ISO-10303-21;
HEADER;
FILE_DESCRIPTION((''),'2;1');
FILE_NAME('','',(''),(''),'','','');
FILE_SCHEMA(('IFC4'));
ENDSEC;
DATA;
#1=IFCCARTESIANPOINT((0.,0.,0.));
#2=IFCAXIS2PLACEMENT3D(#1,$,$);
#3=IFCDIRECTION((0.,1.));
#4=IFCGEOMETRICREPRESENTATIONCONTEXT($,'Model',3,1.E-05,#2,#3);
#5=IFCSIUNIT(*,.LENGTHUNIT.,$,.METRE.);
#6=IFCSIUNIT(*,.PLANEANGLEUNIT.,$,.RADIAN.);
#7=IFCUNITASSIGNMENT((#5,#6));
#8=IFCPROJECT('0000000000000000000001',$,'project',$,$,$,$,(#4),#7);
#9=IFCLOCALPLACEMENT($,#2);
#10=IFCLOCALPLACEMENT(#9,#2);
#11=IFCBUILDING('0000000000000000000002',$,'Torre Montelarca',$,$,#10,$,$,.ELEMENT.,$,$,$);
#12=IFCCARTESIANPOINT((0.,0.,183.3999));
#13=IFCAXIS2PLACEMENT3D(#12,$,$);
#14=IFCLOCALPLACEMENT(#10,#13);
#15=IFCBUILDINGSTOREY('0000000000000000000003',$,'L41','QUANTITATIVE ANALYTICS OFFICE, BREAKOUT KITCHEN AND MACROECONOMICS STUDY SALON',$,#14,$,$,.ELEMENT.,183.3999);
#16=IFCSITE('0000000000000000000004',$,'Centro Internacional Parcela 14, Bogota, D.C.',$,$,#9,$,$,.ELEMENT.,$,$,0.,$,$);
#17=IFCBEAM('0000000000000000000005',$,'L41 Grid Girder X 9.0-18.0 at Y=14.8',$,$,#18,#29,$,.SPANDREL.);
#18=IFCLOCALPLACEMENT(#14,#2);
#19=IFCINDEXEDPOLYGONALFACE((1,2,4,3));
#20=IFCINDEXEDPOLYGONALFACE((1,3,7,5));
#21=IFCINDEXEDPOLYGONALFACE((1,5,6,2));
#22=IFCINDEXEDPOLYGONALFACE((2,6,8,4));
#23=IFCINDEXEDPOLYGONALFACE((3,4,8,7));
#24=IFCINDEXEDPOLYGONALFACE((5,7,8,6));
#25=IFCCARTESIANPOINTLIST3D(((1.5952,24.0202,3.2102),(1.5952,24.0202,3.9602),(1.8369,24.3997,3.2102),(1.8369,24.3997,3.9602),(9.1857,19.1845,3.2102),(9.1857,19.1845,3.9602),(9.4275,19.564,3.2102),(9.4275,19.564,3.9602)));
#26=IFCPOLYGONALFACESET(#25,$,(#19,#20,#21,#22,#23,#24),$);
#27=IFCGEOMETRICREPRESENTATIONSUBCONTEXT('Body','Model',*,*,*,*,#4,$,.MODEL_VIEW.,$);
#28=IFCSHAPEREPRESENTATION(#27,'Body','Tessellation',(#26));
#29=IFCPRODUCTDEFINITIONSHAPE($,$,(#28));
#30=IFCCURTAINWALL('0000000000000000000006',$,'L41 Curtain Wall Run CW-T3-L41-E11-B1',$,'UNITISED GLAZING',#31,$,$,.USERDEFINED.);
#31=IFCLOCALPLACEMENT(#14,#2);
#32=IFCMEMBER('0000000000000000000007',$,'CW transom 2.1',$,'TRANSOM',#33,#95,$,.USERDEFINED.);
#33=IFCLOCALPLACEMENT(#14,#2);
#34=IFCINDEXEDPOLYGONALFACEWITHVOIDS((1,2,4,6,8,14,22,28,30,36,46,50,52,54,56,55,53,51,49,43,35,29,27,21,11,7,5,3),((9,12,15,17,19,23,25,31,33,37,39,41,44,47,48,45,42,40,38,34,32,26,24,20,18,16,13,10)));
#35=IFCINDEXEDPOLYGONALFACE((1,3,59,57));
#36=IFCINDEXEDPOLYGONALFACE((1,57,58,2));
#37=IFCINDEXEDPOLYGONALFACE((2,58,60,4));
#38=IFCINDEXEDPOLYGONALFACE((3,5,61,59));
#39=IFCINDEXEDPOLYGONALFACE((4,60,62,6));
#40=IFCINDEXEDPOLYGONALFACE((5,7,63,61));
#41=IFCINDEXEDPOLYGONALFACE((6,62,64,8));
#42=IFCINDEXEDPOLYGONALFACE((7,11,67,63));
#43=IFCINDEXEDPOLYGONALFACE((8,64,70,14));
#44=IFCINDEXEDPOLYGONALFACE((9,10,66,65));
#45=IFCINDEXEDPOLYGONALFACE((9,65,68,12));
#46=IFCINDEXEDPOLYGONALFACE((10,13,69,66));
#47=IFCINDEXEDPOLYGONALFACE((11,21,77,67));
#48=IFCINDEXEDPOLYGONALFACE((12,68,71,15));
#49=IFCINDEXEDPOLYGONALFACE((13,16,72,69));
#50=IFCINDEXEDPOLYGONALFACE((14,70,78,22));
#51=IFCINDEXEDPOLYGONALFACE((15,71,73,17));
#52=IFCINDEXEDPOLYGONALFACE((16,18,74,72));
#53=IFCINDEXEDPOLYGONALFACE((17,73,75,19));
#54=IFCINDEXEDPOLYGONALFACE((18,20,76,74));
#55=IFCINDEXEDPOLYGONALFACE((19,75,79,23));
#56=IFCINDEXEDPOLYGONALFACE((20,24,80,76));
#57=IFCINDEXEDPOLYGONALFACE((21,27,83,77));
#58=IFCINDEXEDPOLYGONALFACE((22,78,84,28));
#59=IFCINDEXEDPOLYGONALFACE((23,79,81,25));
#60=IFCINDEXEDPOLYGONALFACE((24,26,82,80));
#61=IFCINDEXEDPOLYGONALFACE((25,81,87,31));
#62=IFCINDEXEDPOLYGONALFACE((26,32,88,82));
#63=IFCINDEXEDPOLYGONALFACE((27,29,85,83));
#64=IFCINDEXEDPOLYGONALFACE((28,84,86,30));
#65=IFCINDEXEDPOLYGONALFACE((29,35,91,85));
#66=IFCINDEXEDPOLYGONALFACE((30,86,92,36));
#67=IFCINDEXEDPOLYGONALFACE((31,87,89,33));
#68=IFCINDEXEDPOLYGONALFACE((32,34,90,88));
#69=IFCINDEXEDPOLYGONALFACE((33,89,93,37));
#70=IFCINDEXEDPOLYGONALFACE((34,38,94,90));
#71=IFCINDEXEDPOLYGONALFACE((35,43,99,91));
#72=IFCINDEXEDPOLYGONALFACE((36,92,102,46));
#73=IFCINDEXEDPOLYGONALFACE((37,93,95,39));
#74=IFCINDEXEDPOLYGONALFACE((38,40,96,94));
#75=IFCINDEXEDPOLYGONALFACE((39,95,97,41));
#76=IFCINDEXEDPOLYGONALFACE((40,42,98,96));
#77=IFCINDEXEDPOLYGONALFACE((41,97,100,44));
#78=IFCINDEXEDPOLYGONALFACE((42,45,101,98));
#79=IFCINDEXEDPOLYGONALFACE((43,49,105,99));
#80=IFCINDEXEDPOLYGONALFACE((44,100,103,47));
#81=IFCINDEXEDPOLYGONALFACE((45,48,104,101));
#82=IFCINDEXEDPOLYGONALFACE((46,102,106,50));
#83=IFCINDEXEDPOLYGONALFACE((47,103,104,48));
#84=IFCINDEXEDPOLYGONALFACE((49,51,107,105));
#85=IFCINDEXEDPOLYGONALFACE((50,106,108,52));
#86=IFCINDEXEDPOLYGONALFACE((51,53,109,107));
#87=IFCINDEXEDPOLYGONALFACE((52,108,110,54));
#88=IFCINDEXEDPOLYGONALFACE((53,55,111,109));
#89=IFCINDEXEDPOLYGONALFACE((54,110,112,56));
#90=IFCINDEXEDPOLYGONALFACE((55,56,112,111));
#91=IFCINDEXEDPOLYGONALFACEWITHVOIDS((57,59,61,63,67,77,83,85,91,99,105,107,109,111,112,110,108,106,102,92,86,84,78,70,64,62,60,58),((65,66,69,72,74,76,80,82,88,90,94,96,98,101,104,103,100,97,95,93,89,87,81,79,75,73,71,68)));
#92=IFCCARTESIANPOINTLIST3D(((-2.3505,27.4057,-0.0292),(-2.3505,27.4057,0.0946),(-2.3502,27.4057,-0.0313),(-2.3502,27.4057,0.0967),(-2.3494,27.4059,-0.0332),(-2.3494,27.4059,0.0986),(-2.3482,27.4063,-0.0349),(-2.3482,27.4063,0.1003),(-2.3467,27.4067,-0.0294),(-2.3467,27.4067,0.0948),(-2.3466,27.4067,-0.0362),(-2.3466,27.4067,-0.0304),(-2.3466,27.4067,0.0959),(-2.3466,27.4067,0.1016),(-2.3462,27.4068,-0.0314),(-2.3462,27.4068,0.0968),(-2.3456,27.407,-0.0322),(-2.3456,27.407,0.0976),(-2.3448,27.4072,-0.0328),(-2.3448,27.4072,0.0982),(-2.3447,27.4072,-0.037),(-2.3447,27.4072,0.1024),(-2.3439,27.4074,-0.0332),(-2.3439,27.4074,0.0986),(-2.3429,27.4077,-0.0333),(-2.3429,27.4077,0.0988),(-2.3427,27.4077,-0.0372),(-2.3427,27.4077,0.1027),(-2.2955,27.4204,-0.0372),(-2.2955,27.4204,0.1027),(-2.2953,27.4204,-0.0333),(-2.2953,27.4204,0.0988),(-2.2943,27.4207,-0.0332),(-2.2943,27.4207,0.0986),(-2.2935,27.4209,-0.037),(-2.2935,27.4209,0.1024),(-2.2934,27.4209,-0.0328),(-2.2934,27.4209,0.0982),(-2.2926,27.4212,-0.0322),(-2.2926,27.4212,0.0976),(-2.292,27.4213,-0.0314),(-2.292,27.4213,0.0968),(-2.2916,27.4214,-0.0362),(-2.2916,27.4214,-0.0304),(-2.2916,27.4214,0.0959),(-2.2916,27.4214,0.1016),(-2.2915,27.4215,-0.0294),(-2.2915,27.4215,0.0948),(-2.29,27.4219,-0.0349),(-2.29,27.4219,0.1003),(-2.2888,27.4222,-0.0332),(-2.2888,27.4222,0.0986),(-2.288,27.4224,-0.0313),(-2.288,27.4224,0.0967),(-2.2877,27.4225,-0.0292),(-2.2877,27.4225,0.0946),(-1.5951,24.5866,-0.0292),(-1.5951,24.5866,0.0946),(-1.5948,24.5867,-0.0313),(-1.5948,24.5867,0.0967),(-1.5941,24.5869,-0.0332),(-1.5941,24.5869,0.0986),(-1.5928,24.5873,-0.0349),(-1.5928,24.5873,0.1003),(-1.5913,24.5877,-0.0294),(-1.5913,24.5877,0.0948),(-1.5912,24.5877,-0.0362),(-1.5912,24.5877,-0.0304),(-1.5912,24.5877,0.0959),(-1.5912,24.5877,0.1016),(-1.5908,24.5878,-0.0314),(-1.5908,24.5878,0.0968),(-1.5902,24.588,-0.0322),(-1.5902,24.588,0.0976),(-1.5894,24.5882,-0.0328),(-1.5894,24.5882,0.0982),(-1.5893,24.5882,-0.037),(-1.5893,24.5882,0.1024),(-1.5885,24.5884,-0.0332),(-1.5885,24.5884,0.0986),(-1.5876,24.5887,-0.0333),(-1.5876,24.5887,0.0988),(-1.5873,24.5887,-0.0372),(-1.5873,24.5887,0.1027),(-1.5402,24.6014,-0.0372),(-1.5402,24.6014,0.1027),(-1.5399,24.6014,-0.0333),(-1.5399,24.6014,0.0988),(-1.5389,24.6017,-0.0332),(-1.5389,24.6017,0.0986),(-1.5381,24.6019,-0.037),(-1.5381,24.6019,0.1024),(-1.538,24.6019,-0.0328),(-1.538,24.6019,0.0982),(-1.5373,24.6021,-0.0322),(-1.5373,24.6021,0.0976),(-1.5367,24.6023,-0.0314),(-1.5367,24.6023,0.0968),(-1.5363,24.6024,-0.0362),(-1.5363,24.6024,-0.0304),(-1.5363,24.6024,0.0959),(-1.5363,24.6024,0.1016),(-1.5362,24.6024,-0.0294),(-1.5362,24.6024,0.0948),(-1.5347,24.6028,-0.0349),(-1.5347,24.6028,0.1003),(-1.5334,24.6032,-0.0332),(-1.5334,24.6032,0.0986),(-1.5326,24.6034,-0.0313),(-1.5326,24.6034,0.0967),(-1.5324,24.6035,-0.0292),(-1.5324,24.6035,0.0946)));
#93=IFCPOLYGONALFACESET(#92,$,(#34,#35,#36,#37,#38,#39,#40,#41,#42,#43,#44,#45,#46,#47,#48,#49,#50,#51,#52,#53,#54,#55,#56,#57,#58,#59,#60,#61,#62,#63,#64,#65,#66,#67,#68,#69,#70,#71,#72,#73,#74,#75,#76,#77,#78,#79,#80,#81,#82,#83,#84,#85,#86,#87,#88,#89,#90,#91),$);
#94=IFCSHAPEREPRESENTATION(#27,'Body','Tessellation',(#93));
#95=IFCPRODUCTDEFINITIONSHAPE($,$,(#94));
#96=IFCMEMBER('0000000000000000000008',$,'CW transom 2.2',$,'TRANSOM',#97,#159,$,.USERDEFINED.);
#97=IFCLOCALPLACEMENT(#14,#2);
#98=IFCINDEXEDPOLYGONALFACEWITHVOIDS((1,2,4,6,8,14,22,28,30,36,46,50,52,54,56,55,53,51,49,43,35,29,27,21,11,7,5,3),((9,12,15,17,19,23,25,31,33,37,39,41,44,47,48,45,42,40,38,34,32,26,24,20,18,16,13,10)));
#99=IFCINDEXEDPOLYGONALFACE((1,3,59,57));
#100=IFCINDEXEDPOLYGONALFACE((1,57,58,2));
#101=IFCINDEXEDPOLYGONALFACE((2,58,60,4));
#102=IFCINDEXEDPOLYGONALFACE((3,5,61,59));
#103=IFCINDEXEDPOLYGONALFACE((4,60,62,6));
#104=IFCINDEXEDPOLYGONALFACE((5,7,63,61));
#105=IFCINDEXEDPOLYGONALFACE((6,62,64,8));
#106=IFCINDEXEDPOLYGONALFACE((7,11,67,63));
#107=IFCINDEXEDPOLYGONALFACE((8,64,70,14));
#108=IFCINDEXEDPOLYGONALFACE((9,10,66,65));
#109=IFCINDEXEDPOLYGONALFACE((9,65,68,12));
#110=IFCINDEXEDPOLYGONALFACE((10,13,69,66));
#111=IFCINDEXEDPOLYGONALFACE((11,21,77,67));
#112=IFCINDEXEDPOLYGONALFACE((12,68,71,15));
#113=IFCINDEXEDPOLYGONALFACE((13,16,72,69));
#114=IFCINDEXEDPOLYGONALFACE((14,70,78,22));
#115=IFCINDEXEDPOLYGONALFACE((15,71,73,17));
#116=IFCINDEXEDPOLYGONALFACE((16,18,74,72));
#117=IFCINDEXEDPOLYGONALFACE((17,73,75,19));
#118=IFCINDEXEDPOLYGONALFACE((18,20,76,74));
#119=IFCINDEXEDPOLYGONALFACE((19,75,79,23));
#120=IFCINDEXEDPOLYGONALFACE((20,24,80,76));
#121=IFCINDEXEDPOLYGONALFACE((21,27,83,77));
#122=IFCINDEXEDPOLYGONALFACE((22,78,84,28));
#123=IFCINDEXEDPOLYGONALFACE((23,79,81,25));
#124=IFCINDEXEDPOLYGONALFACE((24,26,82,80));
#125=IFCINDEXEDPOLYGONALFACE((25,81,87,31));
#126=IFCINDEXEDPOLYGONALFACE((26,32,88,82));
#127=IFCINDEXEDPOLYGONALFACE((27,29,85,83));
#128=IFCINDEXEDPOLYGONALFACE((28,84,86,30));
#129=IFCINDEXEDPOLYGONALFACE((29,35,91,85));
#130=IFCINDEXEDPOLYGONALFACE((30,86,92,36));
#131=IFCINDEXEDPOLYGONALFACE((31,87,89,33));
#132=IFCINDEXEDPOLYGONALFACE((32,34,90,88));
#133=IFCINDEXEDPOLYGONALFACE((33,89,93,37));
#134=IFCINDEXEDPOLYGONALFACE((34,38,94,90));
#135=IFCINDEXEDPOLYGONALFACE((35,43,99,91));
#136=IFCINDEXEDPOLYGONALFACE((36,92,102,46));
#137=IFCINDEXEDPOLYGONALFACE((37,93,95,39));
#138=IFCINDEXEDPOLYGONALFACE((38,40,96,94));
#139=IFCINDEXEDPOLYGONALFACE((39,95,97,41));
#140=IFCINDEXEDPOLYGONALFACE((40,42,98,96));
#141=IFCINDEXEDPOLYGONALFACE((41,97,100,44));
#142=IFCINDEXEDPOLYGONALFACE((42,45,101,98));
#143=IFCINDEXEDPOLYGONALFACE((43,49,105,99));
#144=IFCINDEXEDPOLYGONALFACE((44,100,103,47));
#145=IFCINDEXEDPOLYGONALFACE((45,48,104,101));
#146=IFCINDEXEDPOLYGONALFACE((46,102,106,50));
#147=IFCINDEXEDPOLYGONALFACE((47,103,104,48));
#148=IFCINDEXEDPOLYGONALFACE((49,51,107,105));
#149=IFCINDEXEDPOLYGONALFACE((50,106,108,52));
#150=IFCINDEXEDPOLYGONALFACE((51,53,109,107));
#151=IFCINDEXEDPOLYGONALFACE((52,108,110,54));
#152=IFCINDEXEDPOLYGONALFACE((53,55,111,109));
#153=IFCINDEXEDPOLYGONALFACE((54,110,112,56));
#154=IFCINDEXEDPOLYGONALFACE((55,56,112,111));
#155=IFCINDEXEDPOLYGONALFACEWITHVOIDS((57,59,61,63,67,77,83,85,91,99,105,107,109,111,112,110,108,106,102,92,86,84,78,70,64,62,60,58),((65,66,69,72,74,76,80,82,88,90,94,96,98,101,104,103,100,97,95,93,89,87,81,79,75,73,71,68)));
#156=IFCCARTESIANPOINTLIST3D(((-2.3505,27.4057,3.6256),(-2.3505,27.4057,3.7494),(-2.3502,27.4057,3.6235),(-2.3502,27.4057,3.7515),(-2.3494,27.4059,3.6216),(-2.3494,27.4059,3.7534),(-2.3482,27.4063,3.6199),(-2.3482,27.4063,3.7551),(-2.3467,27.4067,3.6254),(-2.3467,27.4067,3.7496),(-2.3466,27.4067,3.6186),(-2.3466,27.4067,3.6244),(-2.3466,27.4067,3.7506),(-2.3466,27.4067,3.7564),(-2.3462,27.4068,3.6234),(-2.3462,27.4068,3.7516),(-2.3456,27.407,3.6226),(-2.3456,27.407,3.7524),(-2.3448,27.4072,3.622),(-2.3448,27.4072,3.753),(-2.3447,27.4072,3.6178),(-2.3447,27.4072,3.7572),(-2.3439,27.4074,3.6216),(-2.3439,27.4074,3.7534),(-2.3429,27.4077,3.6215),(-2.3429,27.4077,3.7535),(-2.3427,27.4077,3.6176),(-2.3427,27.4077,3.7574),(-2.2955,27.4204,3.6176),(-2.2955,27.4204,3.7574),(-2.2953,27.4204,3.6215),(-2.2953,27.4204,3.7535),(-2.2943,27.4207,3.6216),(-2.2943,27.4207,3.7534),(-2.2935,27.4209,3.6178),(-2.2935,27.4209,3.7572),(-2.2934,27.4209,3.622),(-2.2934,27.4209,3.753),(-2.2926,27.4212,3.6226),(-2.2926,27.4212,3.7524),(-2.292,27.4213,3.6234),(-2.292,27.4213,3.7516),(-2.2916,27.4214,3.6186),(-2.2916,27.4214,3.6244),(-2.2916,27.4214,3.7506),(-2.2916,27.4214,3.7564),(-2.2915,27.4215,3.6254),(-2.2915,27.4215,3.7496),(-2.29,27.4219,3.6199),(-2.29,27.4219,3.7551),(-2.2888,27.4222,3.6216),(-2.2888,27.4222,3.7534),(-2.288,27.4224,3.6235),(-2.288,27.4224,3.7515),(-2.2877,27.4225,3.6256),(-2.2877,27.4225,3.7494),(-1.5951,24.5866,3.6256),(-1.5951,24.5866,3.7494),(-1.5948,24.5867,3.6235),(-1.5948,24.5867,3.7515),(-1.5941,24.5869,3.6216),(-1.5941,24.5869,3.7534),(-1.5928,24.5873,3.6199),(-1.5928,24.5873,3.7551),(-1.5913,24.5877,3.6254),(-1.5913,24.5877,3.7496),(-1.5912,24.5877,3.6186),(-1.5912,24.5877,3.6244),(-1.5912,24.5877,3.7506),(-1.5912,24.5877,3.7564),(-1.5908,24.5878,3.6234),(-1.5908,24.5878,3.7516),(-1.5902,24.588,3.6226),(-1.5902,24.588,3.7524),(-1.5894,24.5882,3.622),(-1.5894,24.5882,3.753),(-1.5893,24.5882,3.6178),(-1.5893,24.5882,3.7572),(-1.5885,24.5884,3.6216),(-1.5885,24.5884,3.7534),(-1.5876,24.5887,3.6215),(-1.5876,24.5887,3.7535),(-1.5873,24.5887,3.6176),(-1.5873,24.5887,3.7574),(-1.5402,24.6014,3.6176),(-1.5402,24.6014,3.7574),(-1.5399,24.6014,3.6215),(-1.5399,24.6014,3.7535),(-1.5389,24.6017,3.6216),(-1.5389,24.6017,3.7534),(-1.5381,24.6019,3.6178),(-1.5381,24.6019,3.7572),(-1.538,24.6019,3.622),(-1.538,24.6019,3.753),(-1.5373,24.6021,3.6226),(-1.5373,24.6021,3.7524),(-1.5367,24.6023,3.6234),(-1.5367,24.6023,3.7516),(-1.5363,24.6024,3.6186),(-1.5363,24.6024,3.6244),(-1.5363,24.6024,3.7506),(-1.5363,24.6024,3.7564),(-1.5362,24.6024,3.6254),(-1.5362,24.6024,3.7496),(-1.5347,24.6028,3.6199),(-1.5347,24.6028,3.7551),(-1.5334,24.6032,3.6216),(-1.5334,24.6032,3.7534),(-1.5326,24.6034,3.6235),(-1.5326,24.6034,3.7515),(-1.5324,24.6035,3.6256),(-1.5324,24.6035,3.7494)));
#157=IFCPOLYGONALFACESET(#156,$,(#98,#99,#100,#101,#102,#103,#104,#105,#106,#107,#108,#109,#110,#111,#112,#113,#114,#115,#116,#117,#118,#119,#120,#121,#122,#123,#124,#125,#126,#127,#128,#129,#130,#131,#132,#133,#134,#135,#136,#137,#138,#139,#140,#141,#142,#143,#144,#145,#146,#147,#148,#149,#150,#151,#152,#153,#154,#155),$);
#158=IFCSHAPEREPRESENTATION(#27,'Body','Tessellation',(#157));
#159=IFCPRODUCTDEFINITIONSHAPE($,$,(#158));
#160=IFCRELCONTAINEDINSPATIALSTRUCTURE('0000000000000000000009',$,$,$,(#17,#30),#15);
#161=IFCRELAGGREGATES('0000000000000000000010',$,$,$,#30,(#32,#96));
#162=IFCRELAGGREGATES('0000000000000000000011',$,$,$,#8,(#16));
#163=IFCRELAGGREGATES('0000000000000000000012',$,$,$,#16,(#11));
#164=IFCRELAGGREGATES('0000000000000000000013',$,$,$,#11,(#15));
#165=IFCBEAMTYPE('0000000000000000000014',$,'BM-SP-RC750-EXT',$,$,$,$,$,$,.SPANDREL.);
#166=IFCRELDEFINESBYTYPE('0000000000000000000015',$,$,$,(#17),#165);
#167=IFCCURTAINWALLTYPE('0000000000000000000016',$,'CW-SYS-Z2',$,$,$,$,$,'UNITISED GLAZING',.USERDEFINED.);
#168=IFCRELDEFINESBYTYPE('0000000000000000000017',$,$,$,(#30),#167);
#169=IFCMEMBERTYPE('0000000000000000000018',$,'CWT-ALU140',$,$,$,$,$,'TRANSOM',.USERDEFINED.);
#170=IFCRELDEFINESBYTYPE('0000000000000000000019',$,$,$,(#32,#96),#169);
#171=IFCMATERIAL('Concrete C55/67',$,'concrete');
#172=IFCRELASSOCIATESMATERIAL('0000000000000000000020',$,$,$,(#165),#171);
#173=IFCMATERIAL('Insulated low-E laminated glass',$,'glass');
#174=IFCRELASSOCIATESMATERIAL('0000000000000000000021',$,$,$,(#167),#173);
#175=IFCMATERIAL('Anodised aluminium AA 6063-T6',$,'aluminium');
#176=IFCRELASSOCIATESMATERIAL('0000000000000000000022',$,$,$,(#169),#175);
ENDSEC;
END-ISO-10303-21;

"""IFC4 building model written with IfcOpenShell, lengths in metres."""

from ifc_helpers import new_model, si_unit, direction, frame, origin, origin_2d, place, context, subcontext, project, spatial, rectangle, hollow_rectangle, extrude, source, transform, mapped, material, material_profile, profile_set, type_object, element, aggregate, save


model = new_model("IFC4")

# Units and contexts
model_context = context("Model", 3, precision=1e-05, world=origin(), true_north=direction((0.0, 1.0)))
body_context = subcontext(model_context, "Body", "Model", "MODEL_VIEW")
ifc_project = project(units=[si_unit("LENGTHUNIT", "METRE"), si_unit("PLANEANGLEUNIT", "RADIAN")], contexts=[model_context])

# Site, building, storey
site_placement = place(None, origin())
site = spatial("IfcSite", under=ifc_project, at=site_placement, Name="Centro Internacional Parcela 14, Bogota, D.C.", CompositionType="ELEMENT", RefElevation=0.0)
building_placement = place(site_placement, origin())
building = spatial("IfcBuilding", under=site, at=building_placement, Name="Torre Montelarca", CompositionType="ELEMENT")
storey_placement = place(building_placement, frame((0.0, 0.0, 183.3999)))
storey = spatial("IfcBuildingStorey", under=building, at=storey_placement, Name="L41", Description="QUANTITATIVE ANALYTICS OFFICE, BREAKOUT KITCHEN AND MACROECONOMICS STUDY SALON", CompositionType="ELEMENT", Elevation=183.3999)

# Shared definitions
ifc_material_1 = material(Name="Concrete C55/67", Category="concrete")

# Beam
ifc_material_profile_1 = material_profile(ifc_material_1, rectangle(XDim=0.45, YDim=0.75, at=origin_2d()), Name="RCB450X750", Category="concrete")
ifc_profile_set_1 = profile_set([ifc_material_profile_1], Name="Concrete C55/67")
beam_type = type_object("IfcBeamType", Name="BM-SP-RC750-EXT", PredefinedType="SPANDREL", material=ifc_profile_set_1)
shared_shape_1 = source(origin(), body_context, "Body", "SweptSolid", [
    extrude(rectangle(XDim=0.45, YDim=0.75, at=origin_2d()), origin(), (0.0, 0.0, 1.0), 9.0),
])
beam_placement = place(storey_placement, frame((1.7161, 24.21, 3.5852), z_axis=(0.843393, -0.537297, 0.0), x_axis=(0.537297, 0.843393, 0.0)))
element("IfcBeam", 1, at=beam_placement, inside=storey, type_object=beam_type, Name="L41 Grid Girder X 9.0-18.0 at Y=14.8", PredefinedType="SPANDREL", context=body_context, shape_type="MappedRepresentation", body=[
    mapped(shared_shape_1, transform((0.0, 0.0, 0.0), scale=1.0)),
])

# Curtain wall, members
ifc_material_2 = material(Name="Insulated low-E laminated glass", Category="glass")
curtain_wall_type = type_object("IfcCurtainWallType", Name="CW-SYS-Z2", ElementType="UNITISED GLAZING", PredefinedType="USERDEFINED", material=ifc_material_2)
curtain_wall_1_placement = place(storey_placement, origin())
curtain_wall_1 = element("IfcCurtainWall", 2, at=curtain_wall_1_placement, inside=storey, type_object=curtain_wall_type, Name="L41 Curtain Wall Run CW-T3-L41-E11-B1", ObjectType="UNITISED GLAZING", PredefinedType="USERDEFINED")
ifc_material_3 = material(Name="Anodised aluminium AA 6063-T6", Category="aluminium")
ifc_material_profile_2 = material_profile(ifc_material_3, hollow_rectangle(XDim=0.0649, YDim=0.1399, WallThickness=0.0039, InnerFilletRadius=0.0039, OuterFilletRadius=0.0081, at=origin_2d()), Name="ALU65X140X4", Category="aluminium")
ifc_profile_set_2 = profile_set([ifc_material_profile_2], Name="Anodised aluminium AA 6063-T6")
member_type_1 = type_object("IfcMemberType", Name="CWT-ALU140", ElementType="TRANSOM", PredefinedType="USERDEFINED", material=ifc_profile_set_2)
shared_shape_2 = source(origin(), body_context, "Body", "SweptSolid", [
    extrude(hollow_rectangle(XDim=0.0649, YDim=0.1399, WallThickness=0.0039, InnerFilletRadius=0.0039, OuterFilletRadius=0.0081, at=origin_2d()), origin(), (0.0, 0.0, 1.0), 2.9185),
])
member_1_placement = place(storey_placement, frame((-2.3191, 27.4141, 0.0327), z_axis=(0.258818, -0.965926, 0.0), x_axis=(0.965926, 0.258818, 0.0)))
member_1 = element("IfcMember", 3, at=member_1_placement, type_object=member_type_1, Name="CW transom 2.1", ObjectType="TRANSOM", PredefinedType="USERDEFINED", context=body_context, shape_type="MappedRepresentation", body=[
    mapped(shared_shape_2, transform((0.0, 0.0, 0.0), scale=1.0)),
])
member_2_placement = place(storey_placement, frame((-2.3191, 27.4141, 3.6875), z_axis=(0.258818, -0.965926, 0.0), x_axis=(0.965926, 0.258818, 0.0)))
member_2 = element("IfcMember", 4, at=member_2_placement, type_object=member_type_1, Name="CW transom 2.2", ObjectType="TRANSOM", PredefinedType="USERDEFINED", context=body_context, shape_type="MappedRepresentation", body=[
    mapped(shared_shape_2, transform((0.0, 0.0, 0.0), scale=1.0)),
])

aggregate(curtain_wall_1, [member_1, member_2])

save(model, "model.ifc")
